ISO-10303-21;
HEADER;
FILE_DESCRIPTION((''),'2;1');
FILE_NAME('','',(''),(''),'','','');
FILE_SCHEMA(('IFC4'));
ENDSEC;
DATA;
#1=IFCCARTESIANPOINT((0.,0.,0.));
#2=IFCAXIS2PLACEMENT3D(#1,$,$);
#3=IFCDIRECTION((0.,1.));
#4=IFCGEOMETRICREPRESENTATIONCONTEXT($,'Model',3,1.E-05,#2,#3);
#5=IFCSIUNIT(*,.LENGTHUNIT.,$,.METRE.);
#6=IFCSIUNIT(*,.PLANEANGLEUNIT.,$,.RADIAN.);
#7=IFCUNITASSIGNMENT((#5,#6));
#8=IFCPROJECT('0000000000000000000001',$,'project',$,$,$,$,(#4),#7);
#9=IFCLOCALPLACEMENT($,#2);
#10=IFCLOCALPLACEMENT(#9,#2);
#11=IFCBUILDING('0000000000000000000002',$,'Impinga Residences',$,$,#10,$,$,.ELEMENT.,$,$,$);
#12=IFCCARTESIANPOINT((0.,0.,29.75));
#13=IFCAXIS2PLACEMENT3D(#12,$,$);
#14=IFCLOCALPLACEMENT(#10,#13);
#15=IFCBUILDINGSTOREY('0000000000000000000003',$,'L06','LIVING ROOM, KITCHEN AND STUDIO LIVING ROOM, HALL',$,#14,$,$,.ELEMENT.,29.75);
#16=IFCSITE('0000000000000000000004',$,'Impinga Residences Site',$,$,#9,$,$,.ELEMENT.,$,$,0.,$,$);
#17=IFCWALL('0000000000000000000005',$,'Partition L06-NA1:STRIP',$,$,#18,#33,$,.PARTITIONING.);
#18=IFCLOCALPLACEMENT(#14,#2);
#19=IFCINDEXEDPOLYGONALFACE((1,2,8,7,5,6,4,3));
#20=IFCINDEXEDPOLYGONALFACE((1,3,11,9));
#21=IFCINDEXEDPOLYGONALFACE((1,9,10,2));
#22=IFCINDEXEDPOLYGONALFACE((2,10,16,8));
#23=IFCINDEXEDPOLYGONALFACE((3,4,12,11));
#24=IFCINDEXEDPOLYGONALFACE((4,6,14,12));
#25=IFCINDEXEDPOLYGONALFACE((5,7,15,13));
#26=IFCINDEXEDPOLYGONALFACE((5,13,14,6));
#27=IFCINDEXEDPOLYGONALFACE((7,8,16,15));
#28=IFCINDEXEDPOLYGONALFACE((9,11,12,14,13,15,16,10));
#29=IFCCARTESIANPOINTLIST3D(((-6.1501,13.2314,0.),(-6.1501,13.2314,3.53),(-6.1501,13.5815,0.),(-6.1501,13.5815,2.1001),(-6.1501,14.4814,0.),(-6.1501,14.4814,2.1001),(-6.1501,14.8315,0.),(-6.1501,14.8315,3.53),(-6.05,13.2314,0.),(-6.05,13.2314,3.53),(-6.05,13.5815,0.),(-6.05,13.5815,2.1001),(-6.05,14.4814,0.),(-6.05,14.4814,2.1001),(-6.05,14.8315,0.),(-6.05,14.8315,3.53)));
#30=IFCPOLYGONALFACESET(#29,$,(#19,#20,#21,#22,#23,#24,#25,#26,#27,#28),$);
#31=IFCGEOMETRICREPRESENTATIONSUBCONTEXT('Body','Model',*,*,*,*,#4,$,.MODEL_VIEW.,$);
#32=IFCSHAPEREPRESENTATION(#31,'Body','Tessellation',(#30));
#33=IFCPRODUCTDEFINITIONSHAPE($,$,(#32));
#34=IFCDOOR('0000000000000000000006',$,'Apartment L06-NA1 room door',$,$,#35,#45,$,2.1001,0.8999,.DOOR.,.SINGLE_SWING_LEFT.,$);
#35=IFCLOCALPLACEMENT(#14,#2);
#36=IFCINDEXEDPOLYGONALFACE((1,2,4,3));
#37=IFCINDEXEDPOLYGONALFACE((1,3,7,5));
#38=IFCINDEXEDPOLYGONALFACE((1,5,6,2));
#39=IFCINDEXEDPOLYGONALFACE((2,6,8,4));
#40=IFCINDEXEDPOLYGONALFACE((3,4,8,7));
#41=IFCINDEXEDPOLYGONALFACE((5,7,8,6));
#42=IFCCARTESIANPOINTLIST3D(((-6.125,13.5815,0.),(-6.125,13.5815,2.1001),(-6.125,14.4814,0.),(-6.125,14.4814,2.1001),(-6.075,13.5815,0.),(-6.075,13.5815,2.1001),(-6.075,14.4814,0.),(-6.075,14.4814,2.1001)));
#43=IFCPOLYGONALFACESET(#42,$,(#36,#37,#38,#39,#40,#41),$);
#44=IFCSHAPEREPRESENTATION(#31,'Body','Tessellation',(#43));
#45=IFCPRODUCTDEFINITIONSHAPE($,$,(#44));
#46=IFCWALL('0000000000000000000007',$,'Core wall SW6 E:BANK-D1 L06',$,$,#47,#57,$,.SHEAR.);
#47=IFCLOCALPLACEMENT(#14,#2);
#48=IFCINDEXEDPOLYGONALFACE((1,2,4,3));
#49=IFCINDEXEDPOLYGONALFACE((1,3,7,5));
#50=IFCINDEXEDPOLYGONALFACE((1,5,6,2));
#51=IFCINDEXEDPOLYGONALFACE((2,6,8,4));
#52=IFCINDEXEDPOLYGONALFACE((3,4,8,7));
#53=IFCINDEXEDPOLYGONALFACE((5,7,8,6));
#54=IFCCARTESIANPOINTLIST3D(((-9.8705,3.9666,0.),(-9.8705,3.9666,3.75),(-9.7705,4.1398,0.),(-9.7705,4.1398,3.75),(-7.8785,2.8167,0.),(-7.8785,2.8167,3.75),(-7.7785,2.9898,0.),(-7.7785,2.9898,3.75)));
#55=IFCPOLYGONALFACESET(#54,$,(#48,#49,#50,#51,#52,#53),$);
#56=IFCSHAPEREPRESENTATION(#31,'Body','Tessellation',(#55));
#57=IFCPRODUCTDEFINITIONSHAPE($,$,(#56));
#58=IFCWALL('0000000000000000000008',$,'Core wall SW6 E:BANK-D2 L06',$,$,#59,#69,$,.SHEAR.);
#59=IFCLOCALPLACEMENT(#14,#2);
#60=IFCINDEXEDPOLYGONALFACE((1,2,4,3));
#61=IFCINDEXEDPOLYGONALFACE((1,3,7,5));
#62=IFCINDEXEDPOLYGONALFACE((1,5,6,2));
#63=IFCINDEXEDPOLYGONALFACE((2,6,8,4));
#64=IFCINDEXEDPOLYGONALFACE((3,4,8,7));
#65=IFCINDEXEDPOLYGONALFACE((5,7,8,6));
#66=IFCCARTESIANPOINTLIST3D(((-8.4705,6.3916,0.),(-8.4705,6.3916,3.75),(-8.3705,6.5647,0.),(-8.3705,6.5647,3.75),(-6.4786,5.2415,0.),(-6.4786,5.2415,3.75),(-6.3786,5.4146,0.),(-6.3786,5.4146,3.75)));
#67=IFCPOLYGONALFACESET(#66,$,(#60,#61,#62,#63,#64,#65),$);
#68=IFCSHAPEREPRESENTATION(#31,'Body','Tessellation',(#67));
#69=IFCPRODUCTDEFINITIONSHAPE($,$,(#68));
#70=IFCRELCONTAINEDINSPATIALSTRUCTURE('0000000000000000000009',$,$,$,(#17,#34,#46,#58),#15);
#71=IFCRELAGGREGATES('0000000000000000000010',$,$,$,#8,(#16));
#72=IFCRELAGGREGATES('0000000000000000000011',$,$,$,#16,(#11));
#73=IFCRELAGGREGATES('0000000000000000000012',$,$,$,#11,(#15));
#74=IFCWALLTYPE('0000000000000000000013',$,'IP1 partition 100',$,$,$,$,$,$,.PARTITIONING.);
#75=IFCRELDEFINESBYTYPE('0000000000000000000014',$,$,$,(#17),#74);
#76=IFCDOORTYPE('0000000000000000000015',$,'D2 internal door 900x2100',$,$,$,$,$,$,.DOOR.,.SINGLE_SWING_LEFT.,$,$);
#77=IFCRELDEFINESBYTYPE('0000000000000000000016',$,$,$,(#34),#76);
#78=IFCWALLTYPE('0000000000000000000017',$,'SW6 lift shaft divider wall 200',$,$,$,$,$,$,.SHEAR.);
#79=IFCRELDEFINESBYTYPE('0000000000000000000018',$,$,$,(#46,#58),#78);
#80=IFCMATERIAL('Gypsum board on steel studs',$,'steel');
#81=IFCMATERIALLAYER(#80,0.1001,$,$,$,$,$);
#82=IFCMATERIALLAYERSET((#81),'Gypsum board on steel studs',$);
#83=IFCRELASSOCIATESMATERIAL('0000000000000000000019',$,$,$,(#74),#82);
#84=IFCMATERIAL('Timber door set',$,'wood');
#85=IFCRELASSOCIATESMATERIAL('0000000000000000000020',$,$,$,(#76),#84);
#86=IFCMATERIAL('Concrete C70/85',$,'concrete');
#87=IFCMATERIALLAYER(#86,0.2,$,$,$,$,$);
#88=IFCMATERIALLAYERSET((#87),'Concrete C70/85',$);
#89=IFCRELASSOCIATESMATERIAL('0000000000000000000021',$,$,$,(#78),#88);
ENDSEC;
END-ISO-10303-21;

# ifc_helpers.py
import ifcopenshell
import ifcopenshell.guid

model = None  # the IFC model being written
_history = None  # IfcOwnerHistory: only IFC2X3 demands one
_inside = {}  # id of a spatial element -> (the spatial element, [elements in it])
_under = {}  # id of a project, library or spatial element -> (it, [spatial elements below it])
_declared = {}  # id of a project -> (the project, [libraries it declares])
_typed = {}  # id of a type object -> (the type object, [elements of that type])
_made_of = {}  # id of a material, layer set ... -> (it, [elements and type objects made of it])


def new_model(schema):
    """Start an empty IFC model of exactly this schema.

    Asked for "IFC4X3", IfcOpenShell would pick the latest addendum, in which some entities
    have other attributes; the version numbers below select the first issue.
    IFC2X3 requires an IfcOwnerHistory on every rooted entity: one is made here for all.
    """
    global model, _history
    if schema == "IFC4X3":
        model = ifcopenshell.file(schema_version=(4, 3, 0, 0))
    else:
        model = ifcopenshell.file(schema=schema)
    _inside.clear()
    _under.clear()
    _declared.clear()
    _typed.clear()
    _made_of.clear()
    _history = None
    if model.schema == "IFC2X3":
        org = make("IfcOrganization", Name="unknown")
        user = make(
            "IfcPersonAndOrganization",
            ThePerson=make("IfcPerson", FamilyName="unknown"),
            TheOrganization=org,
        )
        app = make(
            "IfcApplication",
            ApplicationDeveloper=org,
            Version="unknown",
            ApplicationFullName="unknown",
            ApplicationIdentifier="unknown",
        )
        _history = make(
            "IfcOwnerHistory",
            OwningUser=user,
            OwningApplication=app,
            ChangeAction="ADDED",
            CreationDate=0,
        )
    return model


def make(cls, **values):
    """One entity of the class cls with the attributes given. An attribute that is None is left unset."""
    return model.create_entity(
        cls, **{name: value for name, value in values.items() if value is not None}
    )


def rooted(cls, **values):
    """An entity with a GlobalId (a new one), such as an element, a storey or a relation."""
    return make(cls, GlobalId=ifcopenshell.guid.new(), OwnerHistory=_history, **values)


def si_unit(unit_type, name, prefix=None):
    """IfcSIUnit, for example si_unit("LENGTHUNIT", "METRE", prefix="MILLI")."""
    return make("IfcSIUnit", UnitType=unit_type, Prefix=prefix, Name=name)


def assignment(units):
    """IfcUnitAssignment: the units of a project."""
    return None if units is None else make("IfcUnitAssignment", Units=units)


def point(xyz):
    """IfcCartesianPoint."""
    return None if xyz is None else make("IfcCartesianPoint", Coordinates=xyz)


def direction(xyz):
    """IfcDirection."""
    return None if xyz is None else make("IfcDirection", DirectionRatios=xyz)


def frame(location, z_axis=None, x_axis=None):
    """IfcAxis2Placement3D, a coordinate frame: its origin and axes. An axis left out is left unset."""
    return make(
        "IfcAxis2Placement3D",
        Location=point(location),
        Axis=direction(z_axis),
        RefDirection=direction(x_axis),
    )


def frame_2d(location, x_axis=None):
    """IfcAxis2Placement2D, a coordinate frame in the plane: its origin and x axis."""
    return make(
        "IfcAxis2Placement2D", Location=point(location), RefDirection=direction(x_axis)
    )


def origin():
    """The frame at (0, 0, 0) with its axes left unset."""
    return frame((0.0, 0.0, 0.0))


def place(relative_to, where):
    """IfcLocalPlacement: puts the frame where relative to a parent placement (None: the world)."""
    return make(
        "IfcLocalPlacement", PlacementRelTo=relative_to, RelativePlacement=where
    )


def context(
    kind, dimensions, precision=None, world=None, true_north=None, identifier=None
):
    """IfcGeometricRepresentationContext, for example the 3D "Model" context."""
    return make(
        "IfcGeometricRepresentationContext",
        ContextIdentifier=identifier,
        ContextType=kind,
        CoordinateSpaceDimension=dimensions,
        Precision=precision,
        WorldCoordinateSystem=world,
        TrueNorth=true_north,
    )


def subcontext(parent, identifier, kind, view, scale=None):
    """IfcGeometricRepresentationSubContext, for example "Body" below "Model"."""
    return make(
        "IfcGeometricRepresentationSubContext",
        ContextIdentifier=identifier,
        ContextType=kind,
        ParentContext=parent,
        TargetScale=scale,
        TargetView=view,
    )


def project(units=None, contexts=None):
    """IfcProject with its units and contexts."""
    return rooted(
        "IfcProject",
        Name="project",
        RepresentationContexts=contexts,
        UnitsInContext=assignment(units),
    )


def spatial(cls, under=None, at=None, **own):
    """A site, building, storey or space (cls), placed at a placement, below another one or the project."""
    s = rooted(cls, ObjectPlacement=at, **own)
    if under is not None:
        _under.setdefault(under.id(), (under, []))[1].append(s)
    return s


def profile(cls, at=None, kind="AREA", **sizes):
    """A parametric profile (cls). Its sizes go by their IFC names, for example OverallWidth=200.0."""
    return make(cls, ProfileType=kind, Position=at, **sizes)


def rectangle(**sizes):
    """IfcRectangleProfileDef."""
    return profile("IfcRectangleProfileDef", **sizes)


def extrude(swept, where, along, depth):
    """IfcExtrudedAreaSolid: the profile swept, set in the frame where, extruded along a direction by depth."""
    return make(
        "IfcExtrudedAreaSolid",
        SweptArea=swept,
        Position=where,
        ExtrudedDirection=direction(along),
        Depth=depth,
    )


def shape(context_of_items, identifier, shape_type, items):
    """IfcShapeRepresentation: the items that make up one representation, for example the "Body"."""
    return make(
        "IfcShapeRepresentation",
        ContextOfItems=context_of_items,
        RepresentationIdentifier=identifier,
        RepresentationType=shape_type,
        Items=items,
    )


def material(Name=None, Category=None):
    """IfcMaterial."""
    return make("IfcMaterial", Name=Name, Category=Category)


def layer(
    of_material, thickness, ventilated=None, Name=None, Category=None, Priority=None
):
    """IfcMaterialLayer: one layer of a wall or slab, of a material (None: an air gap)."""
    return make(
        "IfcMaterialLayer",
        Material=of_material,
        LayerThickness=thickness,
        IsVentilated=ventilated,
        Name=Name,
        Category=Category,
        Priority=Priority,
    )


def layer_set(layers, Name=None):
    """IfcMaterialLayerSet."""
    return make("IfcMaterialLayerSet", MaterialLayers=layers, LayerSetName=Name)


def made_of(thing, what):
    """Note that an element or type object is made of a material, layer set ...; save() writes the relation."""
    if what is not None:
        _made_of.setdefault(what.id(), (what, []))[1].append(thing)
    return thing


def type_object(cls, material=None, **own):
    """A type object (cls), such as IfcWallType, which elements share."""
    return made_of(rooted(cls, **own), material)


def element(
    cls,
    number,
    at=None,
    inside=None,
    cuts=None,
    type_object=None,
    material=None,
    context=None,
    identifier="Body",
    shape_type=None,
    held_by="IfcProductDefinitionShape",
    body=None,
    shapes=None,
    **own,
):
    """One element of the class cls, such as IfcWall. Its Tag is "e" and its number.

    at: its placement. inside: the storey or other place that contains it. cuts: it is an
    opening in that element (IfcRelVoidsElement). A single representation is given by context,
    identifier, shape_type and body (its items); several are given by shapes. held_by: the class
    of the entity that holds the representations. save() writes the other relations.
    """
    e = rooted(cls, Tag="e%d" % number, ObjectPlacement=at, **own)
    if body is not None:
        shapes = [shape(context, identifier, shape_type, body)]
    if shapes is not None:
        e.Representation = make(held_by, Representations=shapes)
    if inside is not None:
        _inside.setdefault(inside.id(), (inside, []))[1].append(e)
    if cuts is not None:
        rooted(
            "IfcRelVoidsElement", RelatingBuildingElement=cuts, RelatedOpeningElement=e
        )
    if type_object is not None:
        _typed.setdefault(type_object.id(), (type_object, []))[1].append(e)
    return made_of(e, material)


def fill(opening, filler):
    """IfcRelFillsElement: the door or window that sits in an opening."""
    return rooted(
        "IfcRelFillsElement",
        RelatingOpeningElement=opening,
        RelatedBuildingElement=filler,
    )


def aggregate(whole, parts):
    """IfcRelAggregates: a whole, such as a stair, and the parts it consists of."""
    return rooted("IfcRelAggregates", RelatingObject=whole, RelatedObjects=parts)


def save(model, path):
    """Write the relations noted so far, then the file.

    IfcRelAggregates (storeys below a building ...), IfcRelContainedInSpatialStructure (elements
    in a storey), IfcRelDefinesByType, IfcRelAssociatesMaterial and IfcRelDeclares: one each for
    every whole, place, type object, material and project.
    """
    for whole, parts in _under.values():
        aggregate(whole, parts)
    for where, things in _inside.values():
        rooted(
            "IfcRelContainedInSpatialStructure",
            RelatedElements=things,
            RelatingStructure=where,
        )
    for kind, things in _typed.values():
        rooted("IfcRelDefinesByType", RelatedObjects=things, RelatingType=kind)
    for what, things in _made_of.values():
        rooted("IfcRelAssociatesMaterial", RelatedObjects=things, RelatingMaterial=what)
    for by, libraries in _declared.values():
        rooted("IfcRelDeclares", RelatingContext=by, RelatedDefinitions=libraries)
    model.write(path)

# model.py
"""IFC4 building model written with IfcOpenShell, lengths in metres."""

from ifc_helpers import new_model, si_unit, direction, frame, frame_2d, origin, place, context, subcontext, project, spatial, rectangle, extrude, material, layer, layer_set, type_object, element, fill, save


model = new_model("IFC4")

# Units and contexts
model_context = context("Model", 3, precision=1e-05, world=origin(), true_north=direction((0.0, 1.0)))
body_context = subcontext(model_context, "Body", "Model", "MODEL_VIEW")
ifc_project = project(units=[si_unit("LENGTHUNIT", "METRE"), si_unit("PLANEANGLEUNIT", "RADIAN")], contexts=[model_context])

# Site, building, storey
site_placement = place(None, origin())
site = spatial("IfcSite", under=ifc_project, at=site_placement, Name="Impinga Residences Site", CompositionType="ELEMENT", RefElevation=0.0)
building_placement = place(site_placement, origin())
building = spatial("IfcBuilding", under=site, at=building_placement, Name="Impinga Residences", CompositionType="ELEMENT")
storey_placement = place(building_placement, frame((0.0, 0.0, 29.75)))
storey = spatial("IfcBuildingStorey", under=building, at=storey_placement, Name="L06", Description="LIVING ROOM, KITCHEN AND STUDIO LIVING ROOM, HALL", CompositionType="ELEMENT", Elevation=29.75)

# Shared definitions
ifc_material_1 = material(Name="Concrete C70/85", Category="concrete")

# Wall, opening, door
ifc_material_2 = material(Name="Gypsum board on steel studs", Category="steel")
ifc_layer_1 = layer(ifc_material_2, 0.1001)
ifc_layer_set_1 = layer_set([ifc_layer_1], Name="Gypsum board on steel studs")
wall_type_1 = type_object("IfcWallType", Name="IP1 partition 100", PredefinedType="PARTITIONING", material=ifc_layer_set_1)
wall_1_placement = place(storey_placement, frame((-6.1001, 13.2314, 0.0), z_axis=(0.0, 0.0, 1.0), x_axis=(0.0, 1.0, 0.0)))
wall_1 = element("IfcWall", 1, at=wall_1_placement, inside=storey, type_object=wall_type_1, Name="Partition L06-NA1:STRIP", PredefinedType="PARTITIONING", context=body_context, shape_type="SweptSolid", body=[
    extrude(rectangle(XDim=1.6001, YDim=0.1001, at=frame_2d((0.8, 0.0))), origin(), (0.0, 0.0, 1.0), 3.53),
])
opening_1_placement = place(wall_1_placement, frame((0.3501, 0.0, 0.0)))
opening_1 = element("IfcOpeningElement", 2, at=opening_1_placement, cuts=wall_1, PredefinedType="OPENING", context=body_context, shape_type="SweptSolid", body=[
    extrude(rectangle(XDim=0.8999, YDim=2.1001, at=frame_2d((0.45, 1.05))), frame((0.0, 0.0601, 0.0), z_axis=(0.0, -1.0, 0.0), x_axis=(1.0, 0.0, 0.0)), (0.0, 0.0, 1.0), 0.1201),
])
ifc_material_3 = material(Name="Timber door set", Category="wood")
door_type = type_object("IfcDoorType", Name="D2 internal door 900x2100", OperationType="SINGLE_SWING_LEFT", PredefinedType="DOOR", material=ifc_material_3)
door_placement = place(opening_1_placement, origin())
door = element("IfcDoor", 3, at=door_placement, inside=storey, type_object=door_type, Name="Apartment L06-NA1 room door", OperationType="SINGLE_SWING_LEFT", OverallHeight=2.1001, OverallWidth=0.8999, PredefinedType="DOOR", context=body_context, shape_type="SweptSolid", body=[
    extrude(rectangle(XDim=0.8999, YDim=2.1001, at=frame_2d((0.45, 1.05))), frame((0.0, 0.0249, 0.0), z_axis=(0.0, -1.0, 0.0), x_axis=(1.0, 0.0, 0.0)), (0.0, 0.0, 1.0), 0.05),
])
fill(opening_1, door)

# Walls
ifc_layer_2 = layer(ifc_material_1, 0.2)
ifc_layer_set_2 = layer_set([ifc_layer_2], Name="Concrete C70/85")
wall_type_2 = type_object("IfcWallType", Name="SW6 lift shaft divider wall 200", PredefinedType="SHEAR", material=ifc_layer_set_2)
for number, where, z_axis, x_axis, name in (
    (4, (-7.8286, 2.9033, 0.0), (0.0, 0.0, 1.0), (-0.866053, 0.499952, 0.0), "Core wall SW6 E:BANK-D1 L06"),
    (5, (-6.4287, 5.3281, 0.0), (0.0, 0.0, 1.0), (-0.866007, 0.500032, 0.0), "Core wall SW6 E:BANK-D2 L06"),
):
    element("IfcWall", number, at=place(storey_placement, frame(where, z_axis=z_axis, x_axis=x_axis)), inside=storey, type_object=wall_type_2, Name=name, PredefinedType="SHEAR", context=body_context, shape_type="SweptSolid", body=[
        extrude(rectangle(XDim=2.3, YDim=0.2, at=frame_2d((1.1499, 0.0))), origin(), (0.0, 0.0, 1.0), 3.75),
    ])

save(model, "model.ifc")
